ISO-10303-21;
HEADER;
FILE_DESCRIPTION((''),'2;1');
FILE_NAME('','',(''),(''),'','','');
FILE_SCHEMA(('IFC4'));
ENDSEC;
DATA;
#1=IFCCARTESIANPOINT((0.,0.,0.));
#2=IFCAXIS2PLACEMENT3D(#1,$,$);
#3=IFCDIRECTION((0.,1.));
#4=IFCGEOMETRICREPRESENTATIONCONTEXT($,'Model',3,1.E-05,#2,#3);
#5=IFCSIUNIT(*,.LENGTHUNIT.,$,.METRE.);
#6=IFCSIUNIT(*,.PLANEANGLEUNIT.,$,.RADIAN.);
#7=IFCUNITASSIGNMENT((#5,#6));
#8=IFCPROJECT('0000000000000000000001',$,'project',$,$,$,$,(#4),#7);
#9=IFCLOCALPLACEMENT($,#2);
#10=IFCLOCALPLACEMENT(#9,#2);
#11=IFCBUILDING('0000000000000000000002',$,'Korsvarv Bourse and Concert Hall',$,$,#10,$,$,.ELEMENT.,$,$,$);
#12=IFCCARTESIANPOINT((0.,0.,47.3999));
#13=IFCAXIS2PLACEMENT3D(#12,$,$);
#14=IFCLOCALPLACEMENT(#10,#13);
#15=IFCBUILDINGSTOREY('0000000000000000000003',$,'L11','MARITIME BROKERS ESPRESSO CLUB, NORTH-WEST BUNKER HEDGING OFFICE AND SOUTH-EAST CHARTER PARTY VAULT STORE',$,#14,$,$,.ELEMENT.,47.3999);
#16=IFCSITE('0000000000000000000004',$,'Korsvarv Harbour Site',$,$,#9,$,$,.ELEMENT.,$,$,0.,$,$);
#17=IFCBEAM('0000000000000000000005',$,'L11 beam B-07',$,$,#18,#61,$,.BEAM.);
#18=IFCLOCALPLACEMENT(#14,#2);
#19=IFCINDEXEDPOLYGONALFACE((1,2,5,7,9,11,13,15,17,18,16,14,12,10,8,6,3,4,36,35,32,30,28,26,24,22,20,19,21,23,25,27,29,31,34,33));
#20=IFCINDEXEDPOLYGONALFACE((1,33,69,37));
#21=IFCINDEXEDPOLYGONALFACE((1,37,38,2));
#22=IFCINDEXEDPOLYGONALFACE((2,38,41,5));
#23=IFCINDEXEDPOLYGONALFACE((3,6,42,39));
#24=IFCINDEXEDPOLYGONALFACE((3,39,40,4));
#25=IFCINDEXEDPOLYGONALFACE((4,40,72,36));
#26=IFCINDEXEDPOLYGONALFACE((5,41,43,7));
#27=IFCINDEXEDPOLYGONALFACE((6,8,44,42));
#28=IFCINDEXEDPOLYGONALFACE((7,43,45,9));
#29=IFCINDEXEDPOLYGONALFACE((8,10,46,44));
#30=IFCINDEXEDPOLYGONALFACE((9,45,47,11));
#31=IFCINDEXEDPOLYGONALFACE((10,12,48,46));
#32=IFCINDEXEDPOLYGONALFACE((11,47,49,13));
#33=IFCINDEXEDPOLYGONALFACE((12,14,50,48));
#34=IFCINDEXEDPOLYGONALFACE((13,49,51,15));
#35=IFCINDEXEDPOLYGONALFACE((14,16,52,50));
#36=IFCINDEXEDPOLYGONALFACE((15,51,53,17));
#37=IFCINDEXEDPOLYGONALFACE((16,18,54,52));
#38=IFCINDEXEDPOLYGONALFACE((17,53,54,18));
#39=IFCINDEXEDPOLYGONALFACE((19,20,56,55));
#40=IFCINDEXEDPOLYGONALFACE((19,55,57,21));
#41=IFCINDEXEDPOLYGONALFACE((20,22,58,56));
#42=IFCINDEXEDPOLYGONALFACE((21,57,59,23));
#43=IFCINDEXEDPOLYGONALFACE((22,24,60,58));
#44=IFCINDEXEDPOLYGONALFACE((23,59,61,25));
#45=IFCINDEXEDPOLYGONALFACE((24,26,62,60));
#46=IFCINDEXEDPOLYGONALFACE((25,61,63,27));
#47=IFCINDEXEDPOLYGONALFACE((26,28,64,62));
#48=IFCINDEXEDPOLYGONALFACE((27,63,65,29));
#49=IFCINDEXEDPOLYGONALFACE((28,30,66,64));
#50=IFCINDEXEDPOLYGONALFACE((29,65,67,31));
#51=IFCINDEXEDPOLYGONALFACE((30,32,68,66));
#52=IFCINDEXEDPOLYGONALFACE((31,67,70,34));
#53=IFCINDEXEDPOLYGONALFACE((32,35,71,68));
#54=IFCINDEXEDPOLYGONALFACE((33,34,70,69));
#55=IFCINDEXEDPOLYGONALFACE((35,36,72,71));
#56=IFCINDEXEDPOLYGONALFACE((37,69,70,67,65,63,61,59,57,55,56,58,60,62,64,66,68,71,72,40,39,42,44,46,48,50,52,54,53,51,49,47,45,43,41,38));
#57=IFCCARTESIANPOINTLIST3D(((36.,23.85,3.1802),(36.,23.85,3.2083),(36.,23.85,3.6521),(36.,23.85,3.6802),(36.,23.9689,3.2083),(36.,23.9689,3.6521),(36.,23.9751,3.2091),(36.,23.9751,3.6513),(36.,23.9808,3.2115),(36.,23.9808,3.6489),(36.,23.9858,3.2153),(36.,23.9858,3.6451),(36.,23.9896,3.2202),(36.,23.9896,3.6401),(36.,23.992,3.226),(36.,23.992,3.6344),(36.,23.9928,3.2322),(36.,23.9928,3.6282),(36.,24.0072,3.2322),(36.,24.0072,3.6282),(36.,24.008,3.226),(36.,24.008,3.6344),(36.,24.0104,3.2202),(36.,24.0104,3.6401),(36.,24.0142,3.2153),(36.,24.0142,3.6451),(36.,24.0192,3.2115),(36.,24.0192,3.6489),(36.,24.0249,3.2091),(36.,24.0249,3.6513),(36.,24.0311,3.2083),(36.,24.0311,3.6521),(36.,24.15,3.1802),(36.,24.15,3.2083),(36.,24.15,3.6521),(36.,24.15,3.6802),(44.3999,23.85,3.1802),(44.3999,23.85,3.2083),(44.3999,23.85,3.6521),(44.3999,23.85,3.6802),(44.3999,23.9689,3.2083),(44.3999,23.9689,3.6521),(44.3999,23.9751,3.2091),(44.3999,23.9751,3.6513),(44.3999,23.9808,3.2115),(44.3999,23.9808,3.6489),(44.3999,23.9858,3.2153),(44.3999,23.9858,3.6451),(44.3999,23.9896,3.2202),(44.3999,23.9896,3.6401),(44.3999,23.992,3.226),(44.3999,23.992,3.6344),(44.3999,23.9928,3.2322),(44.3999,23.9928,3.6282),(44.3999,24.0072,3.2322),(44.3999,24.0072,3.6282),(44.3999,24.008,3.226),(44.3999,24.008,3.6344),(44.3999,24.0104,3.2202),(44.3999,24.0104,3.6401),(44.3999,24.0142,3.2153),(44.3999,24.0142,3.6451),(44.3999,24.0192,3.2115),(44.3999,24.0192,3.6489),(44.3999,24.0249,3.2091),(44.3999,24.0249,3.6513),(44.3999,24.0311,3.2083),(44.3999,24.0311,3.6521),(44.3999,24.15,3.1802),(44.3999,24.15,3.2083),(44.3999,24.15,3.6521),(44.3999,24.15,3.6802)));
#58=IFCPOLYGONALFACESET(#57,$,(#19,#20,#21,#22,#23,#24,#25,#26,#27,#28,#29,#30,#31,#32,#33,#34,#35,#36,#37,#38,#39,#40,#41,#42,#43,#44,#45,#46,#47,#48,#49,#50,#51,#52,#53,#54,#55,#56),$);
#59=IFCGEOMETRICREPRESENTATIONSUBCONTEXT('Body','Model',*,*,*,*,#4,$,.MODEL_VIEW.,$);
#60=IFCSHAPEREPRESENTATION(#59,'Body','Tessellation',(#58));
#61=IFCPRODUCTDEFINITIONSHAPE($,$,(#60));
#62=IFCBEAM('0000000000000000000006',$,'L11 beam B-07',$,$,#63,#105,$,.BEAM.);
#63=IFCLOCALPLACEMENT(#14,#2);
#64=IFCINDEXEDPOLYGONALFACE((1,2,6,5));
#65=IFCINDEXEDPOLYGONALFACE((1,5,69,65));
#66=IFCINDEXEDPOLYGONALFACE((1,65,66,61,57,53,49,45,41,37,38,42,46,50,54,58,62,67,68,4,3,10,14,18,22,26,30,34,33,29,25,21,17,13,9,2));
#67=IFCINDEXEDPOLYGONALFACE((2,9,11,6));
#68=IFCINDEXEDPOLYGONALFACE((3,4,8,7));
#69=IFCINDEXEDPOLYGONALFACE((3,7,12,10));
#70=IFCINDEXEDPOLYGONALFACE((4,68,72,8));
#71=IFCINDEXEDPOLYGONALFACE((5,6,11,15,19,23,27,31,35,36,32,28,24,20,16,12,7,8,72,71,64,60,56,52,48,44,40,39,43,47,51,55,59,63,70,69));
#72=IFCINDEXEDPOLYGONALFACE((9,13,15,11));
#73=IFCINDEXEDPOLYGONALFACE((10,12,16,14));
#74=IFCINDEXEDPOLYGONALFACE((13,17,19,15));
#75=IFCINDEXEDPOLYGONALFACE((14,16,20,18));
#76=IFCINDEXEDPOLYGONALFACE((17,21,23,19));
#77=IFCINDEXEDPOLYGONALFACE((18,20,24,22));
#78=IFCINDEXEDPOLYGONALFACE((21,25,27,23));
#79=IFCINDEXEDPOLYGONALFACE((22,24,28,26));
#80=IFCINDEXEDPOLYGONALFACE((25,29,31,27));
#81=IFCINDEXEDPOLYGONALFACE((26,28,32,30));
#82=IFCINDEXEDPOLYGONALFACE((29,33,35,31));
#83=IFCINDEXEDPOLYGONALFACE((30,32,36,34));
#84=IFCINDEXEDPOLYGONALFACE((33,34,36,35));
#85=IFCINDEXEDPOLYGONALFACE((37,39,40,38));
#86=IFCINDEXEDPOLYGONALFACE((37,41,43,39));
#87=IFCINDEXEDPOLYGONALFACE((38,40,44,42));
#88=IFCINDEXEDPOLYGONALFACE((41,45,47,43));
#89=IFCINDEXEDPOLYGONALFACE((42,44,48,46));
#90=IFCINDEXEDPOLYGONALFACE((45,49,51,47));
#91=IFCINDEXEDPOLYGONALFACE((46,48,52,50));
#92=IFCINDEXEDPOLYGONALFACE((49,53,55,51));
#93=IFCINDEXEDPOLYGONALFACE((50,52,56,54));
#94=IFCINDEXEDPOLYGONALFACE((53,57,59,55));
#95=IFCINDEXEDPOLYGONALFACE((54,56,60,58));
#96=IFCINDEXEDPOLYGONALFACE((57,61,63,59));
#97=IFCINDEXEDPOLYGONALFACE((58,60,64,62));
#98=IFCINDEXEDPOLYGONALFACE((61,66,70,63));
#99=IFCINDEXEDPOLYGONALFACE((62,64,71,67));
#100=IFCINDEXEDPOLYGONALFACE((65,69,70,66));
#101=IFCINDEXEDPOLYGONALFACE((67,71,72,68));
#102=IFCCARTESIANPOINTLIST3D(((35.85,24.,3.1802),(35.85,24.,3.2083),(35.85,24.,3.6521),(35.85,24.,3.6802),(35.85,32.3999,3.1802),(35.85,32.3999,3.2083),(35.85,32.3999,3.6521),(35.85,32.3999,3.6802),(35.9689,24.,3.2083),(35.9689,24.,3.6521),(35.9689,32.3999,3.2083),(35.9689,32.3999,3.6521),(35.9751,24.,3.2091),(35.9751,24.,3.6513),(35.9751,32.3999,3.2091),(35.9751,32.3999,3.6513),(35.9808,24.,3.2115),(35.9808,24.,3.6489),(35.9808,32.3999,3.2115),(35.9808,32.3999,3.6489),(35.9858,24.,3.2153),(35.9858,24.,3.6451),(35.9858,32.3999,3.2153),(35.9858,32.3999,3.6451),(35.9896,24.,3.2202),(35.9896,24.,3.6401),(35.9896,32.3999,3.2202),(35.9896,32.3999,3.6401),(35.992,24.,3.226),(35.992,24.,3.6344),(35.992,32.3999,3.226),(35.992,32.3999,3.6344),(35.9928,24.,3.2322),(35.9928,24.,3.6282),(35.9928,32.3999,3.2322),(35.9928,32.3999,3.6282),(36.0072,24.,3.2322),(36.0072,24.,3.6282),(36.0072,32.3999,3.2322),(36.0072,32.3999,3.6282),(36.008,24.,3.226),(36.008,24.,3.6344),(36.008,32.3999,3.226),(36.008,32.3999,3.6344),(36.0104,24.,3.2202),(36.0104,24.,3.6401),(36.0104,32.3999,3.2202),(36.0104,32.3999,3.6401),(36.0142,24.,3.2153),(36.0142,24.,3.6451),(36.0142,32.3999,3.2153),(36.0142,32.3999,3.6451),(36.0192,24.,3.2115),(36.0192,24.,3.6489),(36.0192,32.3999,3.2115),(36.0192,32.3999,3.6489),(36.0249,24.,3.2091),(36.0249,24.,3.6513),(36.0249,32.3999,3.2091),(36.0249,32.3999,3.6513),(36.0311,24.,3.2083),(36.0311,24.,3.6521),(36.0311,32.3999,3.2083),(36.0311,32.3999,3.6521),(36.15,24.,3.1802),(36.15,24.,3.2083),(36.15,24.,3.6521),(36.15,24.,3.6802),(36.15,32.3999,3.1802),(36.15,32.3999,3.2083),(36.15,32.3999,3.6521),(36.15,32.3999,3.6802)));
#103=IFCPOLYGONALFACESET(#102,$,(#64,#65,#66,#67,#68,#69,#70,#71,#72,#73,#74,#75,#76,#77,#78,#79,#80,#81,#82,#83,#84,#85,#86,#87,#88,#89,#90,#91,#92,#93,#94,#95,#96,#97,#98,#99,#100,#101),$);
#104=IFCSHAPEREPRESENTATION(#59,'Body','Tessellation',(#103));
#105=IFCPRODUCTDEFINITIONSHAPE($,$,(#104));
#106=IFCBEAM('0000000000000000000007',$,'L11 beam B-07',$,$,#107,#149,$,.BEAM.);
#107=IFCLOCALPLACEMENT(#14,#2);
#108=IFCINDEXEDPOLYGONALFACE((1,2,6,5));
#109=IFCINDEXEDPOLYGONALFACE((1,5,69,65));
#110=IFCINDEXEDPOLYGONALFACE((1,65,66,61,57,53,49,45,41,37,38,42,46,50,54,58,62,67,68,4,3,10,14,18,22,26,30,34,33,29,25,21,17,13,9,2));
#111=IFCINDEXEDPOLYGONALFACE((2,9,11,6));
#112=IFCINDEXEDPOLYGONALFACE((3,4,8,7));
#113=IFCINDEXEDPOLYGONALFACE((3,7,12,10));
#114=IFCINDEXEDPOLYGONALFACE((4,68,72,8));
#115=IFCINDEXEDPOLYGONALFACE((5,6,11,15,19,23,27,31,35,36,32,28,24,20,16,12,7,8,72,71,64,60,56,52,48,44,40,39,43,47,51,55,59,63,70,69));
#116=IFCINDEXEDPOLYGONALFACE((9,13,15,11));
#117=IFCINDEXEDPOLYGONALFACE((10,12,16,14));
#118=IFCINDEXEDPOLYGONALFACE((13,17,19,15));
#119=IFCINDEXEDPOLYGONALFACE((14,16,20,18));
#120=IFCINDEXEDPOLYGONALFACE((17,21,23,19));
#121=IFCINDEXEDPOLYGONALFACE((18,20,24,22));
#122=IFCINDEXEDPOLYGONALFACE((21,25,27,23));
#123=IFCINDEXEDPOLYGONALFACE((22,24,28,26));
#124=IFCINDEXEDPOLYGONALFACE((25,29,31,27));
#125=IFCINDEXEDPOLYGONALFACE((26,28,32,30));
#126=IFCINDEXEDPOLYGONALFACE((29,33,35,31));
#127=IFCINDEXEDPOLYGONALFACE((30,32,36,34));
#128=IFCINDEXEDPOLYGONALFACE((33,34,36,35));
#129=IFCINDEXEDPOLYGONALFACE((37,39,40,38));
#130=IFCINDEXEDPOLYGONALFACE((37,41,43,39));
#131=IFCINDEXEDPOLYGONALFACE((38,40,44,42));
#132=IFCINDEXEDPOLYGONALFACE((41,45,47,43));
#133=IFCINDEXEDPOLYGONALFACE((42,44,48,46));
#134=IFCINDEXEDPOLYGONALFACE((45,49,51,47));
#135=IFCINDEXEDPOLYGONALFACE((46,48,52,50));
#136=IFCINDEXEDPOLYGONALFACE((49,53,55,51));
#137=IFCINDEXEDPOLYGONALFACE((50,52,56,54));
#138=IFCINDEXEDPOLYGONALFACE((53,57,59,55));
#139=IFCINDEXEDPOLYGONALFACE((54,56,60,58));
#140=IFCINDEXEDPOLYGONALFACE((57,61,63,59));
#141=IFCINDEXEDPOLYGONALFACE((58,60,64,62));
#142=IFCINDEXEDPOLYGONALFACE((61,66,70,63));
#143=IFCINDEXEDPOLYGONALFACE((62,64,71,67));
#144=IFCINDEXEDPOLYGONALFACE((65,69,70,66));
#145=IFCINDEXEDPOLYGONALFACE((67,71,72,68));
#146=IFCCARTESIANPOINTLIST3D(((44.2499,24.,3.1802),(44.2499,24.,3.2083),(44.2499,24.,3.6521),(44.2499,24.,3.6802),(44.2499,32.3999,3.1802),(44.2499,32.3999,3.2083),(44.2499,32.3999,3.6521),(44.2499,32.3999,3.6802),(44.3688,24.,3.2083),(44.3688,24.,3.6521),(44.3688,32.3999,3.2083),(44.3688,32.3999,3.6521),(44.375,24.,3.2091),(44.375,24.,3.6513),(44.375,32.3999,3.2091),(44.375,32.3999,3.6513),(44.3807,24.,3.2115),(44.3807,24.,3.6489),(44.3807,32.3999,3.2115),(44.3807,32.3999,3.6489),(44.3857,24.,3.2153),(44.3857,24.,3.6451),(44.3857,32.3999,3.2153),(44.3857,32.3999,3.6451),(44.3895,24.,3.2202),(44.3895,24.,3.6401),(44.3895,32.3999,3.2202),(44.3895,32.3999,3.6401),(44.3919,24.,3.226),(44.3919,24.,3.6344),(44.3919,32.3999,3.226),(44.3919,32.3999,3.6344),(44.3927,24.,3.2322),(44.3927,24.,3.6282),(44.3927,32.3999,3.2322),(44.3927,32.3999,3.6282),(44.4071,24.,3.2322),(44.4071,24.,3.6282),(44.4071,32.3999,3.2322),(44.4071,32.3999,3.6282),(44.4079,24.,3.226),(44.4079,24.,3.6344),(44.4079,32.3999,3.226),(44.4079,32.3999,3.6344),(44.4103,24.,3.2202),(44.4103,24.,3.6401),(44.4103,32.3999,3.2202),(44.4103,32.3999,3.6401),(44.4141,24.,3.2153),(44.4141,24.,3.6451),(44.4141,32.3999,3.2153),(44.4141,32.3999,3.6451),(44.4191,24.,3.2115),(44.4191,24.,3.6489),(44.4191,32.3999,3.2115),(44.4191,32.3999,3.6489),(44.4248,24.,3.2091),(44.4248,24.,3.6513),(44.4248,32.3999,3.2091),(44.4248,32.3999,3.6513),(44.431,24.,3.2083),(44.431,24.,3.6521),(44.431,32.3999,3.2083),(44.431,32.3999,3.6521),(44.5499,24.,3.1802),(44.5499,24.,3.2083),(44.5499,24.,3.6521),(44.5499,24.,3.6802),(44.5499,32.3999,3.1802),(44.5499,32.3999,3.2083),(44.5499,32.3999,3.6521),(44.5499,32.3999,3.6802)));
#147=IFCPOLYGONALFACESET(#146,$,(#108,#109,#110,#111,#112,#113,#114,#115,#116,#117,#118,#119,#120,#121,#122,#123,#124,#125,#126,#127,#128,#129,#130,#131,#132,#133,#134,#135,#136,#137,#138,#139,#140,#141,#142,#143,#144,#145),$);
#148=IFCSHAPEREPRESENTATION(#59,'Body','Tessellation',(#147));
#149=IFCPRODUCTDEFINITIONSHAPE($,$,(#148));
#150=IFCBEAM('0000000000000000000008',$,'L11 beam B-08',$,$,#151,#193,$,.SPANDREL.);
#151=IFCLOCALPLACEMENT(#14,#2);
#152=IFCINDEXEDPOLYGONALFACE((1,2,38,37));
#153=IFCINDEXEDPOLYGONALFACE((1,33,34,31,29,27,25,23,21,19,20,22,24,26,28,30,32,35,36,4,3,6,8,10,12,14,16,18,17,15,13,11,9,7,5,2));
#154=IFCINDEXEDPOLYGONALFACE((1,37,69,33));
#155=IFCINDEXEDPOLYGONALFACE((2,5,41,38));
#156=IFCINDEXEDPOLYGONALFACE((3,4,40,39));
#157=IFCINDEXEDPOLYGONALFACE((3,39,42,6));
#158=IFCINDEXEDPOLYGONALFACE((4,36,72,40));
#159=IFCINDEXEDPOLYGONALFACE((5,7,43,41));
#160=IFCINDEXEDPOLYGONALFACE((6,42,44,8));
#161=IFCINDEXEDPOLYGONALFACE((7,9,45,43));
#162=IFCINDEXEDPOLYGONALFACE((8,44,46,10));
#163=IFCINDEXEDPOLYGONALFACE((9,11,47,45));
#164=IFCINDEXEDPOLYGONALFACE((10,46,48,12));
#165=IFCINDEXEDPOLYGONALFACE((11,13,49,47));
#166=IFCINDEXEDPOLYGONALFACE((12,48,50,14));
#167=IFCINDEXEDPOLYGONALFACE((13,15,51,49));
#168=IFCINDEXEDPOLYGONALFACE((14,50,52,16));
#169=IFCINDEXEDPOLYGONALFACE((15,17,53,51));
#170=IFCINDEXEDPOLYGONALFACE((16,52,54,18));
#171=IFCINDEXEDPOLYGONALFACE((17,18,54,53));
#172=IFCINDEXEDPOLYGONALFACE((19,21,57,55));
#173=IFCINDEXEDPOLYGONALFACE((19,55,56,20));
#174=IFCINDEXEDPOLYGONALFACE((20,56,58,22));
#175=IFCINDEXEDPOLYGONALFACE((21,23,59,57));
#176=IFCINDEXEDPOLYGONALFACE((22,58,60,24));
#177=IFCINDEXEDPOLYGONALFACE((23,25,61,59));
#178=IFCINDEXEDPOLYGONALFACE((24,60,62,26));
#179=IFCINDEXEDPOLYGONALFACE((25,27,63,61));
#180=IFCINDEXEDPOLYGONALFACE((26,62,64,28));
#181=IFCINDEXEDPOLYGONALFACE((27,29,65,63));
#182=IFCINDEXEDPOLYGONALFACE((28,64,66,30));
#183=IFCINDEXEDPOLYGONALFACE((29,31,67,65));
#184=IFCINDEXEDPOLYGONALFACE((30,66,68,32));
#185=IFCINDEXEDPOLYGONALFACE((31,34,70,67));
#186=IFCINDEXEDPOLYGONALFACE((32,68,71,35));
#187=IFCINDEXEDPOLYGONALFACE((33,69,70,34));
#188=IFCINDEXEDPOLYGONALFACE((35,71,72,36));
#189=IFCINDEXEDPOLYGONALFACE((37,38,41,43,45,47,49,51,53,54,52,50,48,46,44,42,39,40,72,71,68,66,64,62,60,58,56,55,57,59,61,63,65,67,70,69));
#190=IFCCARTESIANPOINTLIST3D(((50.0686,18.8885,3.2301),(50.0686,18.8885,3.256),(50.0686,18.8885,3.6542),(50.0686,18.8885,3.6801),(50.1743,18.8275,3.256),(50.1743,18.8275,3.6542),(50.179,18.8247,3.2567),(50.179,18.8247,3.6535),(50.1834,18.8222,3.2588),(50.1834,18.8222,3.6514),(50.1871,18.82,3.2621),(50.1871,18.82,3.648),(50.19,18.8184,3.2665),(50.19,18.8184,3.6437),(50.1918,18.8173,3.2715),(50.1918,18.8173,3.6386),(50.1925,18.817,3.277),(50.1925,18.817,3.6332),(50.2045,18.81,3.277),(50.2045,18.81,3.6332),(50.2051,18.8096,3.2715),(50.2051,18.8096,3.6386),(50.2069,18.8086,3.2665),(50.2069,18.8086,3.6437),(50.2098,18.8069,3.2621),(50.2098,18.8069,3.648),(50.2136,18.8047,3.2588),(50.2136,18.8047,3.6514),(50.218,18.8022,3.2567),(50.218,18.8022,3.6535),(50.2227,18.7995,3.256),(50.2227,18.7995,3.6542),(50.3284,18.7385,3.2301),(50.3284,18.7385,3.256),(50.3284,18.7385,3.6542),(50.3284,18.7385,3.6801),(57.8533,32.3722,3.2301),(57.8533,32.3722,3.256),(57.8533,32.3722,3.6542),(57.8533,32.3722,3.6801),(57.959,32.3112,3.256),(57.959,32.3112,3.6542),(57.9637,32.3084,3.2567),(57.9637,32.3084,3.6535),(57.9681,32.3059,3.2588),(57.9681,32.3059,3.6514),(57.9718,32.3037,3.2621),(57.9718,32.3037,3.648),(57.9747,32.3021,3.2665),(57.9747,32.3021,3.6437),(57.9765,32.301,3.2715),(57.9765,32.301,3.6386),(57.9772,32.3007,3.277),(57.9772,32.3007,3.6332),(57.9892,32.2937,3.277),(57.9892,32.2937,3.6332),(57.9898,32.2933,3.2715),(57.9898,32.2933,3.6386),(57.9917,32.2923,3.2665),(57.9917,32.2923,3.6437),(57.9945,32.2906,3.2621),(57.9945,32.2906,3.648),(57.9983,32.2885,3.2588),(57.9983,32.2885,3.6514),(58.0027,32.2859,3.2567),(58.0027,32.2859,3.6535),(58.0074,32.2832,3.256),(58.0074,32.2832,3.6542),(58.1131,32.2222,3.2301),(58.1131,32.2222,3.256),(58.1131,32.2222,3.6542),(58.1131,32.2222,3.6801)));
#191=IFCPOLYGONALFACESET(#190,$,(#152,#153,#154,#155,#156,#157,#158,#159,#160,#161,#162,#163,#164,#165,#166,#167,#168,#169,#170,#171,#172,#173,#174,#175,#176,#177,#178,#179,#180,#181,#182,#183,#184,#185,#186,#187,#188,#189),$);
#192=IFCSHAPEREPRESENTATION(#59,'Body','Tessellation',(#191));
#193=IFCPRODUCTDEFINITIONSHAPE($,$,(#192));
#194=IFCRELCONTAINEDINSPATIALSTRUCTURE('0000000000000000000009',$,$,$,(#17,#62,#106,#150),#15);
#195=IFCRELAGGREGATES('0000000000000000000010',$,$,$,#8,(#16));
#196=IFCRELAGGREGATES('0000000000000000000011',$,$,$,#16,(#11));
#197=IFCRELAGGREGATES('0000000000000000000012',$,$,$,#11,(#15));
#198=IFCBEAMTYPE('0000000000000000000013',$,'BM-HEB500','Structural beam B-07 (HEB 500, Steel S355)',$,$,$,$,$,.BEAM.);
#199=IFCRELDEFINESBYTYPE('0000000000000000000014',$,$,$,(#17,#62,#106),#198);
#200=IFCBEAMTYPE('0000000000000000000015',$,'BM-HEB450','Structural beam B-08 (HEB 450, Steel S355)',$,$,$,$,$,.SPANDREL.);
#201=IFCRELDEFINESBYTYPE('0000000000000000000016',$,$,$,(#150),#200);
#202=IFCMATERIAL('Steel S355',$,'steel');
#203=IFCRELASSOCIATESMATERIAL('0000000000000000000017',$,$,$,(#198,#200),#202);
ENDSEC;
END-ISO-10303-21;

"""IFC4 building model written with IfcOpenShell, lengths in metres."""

from ifc_helpers import new_model, si_unit, direction, frame, origin, origin_2d, place, context, subcontext, project, spatial, i_section, extrude, source, transform, mapped, material, material_profile, profile_set, type_object, element, save


model = new_model("IFC4")

# Units and contexts
model_context = context("Model", 3, precision=1e-05, world=origin(), true_north=direction((0.0, 1.0)))
body_context = subcontext(model_context, "Body", "Model", "MODEL_VIEW")
ifc_project = project(units=[si_unit("LENGTHUNIT", "METRE"), si_unit("PLANEANGLEUNIT", "RADIAN")], contexts=[model_context])

# Site, building, storey
site_placement = place(None, origin())
site = spatial("IfcSite", under=ifc_project, at=site_placement, Name="Korsvarv Harbour Site", CompositionType="ELEMENT", RefElevation=0.0)
building_placement = place(site_placement, origin())
building = spatial("IfcBuilding", under=site, at=building_placement, Name="Korsvarv Bourse and Concert Hall", CompositionType="ELEMENT")
storey_placement = place(building_placement, frame((0.0, 0.0, 47.3999)))
storey = spatial("IfcBuildingStorey", under=building, at=storey_placement, Name="L11", Description="MARITIME BROKERS ESPRESSO CLUB, NORTH-WEST BUNKER HEDGING OFFICE AND SOUTH-EAST CHARTER PARTY VAULT STORE", CompositionType="ELEMENT", Elevation=47.3999)

# Beams
ifc_material_1 = material(Name="Steel S355", Category="steel")
ifc_material_profile_1 = material_profile(ifc_material_1, i_section(OverallWidth=0.3, OverallDepth=0.5, WebThickness=0.0144, FlangeThickness=0.0281, FilletRadius=0.0239, at=origin_2d()), Name="HEB 500")
ifc_profile_set_1 = profile_set([ifc_material_profile_1], Name="Steel S355")
beam_type_1 = type_object("IfcBeamType", Name="BM-HEB500", Description="Structural beam B-07 (HEB 500, Steel S355)", PredefinedType="BEAM", material=ifc_profile_set_1)
shared_shape_1 = source(origin(), body_context, "Body", "SweptSolid", [
    extrude(i_section(OverallWidth=0.3, OverallDepth=0.5, WebThickness=0.0144, FlangeThickness=0.0281, FilletRadius=0.0239, at=origin_2d()), origin(), (0.0, 0.0, 1.0), 8.3999),
])
for number, where, z_axis, x_axis, name in (
    (1, (36.0, 24.0, 3.4302), (1.0, 0.0, 0.0), (0.0, 1.0, 0.0), "L11 beam B-07"),
    (2, (36.0, 24.0, 3.4302), (0.0, 1.0, 0.0), (-1.0, 0.0, 0.0), "L11 beam B-07"),
    (3, (44.3999, 24.0, 3.4302), (0.0, 1.0, 0.0), (-1.0, 0.0, 0.0), "L11 beam B-07"),
):
    element("IfcBeam", number, at=place(storey_placement, frame(where, z_axis=z_axis, x_axis=x_axis)), inside=storey, type_object=beam_type_1, Name=name, PredefinedType="BEAM", context=body_context, shape_type="MappedRepresentation", body=[
        mapped(shared_shape_1, transform((0.0, 0.0, 0.0), scale=1.0)),
    ])
ifc_material_profile_2 = material_profile(ifc_material_1, i_section(OverallWidth=0.3, OverallDepth=0.45, WebThickness=0.0139, FlangeThickness=0.0259, FilletRadius=0.021, at=origin_2d()), Name="HEB 450")
ifc_profile_set_2 = profile_set([ifc_material_profile_2], Name="Steel S355")
beam_type_2 = type_object("IfcBeamType", Name="BM-HEB450", Description="Structural beam B-08 (HEB 450, Steel S355)", PredefinedType="SPANDREL", material=ifc_profile_set_2)
shared_shape_2 = source(origin(), body_context, "Body", "SweptSolid", [
    extrude(i_section(OverallWidth=0.3, OverallDepth=0.45, WebThickness=0.0139, FlangeThickness=0.0259, FilletRadius=0.021, at=origin_2d()), origin(), (0.0, 0.0, 1.0), 15.5696),
])
beam_1_placement = place(storey_placement, frame((50.1985, 18.8135, 3.4551), z_axis=(0.499994, 0.866029, 0.0), x_axis=(-0.866029, 0.499994, 0.0)))
element("IfcBeam", 4, at=beam_1_placement, inside=storey, type_object=beam_type_2, Name="L11 beam B-08", PredefinedType="SPANDREL", context=body_context, shape_type="MappedRepresentation", body=[
    mapped(shared_shape_2, transform((0.0, 0.0, 0.0), scale=1.0)),
])

save(model, "model.ifc")
